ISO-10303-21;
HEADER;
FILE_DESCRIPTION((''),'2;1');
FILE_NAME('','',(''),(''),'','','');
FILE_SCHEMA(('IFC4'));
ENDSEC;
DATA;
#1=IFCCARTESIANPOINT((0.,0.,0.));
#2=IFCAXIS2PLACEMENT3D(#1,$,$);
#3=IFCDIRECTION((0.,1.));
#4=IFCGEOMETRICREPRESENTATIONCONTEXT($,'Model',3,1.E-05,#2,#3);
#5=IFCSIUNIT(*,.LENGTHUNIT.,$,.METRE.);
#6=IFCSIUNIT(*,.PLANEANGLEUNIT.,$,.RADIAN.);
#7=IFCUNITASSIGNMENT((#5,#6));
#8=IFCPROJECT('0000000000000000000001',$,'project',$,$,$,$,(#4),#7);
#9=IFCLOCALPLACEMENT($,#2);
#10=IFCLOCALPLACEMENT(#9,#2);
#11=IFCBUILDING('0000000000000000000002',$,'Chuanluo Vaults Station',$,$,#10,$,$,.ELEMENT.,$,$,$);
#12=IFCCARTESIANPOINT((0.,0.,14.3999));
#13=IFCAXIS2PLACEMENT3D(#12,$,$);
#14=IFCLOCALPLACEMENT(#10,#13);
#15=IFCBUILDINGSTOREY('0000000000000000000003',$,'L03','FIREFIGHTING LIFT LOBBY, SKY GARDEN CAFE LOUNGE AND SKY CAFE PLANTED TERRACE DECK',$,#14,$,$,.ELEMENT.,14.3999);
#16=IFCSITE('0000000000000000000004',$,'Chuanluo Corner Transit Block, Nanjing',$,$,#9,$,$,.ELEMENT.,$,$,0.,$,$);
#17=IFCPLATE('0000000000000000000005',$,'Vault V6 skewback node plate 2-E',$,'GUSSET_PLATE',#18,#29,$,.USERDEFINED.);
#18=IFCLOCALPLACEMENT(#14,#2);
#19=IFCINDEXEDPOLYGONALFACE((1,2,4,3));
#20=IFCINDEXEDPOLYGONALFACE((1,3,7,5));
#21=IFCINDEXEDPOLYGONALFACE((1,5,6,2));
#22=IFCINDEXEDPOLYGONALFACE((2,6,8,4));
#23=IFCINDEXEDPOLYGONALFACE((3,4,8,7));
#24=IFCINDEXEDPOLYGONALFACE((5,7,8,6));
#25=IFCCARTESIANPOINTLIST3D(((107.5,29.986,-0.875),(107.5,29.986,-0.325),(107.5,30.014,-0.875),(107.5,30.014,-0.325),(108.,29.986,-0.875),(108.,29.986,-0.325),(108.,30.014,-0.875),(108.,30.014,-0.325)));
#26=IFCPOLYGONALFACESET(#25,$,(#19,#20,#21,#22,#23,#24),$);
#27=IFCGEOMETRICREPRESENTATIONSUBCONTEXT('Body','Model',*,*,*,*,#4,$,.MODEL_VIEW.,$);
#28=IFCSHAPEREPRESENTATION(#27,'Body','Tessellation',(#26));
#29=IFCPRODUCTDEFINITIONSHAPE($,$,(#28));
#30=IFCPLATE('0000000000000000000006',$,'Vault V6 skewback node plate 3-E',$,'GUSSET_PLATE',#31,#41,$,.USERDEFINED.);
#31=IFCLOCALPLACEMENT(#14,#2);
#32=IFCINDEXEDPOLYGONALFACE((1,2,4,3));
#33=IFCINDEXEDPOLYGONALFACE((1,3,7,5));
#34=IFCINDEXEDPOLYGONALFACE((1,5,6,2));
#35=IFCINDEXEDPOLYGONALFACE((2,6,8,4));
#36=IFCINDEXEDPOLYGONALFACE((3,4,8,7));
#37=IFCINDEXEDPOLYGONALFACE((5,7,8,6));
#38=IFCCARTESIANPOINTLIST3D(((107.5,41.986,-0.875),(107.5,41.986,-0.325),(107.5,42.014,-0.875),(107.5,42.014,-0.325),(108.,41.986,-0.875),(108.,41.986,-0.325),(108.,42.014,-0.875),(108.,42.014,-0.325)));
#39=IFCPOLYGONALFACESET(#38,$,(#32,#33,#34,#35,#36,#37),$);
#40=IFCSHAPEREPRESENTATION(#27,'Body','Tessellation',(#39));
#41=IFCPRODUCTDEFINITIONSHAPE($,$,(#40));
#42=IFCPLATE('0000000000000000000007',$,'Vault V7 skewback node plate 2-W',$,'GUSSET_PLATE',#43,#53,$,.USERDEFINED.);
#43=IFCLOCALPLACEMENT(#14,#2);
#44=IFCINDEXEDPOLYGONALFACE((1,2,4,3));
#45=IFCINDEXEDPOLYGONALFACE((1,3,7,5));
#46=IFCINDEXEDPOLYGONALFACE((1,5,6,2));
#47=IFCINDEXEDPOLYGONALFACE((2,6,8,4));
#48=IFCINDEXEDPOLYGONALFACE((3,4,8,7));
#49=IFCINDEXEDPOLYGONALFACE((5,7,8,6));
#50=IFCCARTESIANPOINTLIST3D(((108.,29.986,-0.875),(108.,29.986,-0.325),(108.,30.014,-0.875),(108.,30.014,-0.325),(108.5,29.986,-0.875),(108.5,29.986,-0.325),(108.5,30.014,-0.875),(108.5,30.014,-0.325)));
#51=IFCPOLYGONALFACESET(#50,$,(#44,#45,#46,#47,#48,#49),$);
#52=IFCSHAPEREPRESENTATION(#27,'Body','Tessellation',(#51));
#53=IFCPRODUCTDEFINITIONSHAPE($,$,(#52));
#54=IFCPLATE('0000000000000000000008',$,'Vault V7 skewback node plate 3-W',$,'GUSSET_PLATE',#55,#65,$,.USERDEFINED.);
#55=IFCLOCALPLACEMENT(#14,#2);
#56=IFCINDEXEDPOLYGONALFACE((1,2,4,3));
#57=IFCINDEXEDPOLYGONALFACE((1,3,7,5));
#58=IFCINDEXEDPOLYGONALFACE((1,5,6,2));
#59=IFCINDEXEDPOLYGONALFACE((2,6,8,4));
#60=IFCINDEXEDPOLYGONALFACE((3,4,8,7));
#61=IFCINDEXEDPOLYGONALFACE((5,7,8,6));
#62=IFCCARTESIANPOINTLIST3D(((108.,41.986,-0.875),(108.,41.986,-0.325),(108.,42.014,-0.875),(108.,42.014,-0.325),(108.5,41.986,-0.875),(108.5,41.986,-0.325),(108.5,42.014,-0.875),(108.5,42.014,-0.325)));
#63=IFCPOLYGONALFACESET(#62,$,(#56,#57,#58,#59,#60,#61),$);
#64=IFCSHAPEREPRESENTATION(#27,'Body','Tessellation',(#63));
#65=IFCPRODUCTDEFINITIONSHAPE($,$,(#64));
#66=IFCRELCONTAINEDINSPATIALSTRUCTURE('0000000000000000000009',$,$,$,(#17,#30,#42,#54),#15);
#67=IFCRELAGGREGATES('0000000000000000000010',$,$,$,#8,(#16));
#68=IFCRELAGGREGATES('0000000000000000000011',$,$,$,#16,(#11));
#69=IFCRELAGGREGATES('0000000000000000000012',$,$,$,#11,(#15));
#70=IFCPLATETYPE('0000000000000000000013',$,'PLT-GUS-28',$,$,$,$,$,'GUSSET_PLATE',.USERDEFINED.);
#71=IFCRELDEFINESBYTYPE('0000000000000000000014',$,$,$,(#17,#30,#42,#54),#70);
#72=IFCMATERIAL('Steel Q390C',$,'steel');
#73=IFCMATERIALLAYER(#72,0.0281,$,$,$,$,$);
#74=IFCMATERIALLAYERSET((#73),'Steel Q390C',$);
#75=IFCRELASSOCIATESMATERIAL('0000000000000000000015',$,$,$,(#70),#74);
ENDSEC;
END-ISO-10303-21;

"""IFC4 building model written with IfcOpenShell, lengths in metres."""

from ifc_helpers import new_model, si_unit, direction, frame, origin, origin_2d, place, context, subcontext, project, spatial, rectangle, extrude, material, layer, layer_set, type_object, element, save


model = new_model("IFC4")

# Units and contexts
model_context = context("Model", 3, precision=1e-05, world=origin(), true_north=direction((0.0, 1.0)))
body_context = subcontext(model_context, "Body", "Model", "MODEL_VIEW")
ifc_project = project(units=[si_unit("LENGTHUNIT", "METRE"), si_unit("PLANEANGLEUNIT", "RADIAN")], contexts=[model_context])

# Site, building, storey
site_placement = place(None, origin())
site = spatial("IfcSite", under=ifc_project, at=site_placement, Name="Chuanluo Corner Transit Block, Nanjing", CompositionType="ELEMENT", RefElevation=0.0)
building_placement = place(site_placement, origin())
building = spatial("IfcBuilding", under=site, at=building_placement, Name="Chuanluo Vaults Station", CompositionType="ELEMENT")
storey_placement = place(building_placement, frame((0.0, 0.0, 14.3999)))
storey = spatial("IfcBuildingStorey", under=building, at=storey_placement, Name="L03", Description="FIREFIGHTING LIFT LOBBY, SKY GARDEN CAFE LOUNGE AND SKY CAFE PLANTED TERRACE DECK", CompositionType="ELEMENT", Elevation=14.3999)

# Plates
ifc_material_1 = material(Name="Steel Q390C", Category="steel")
ifc_layer = layer(ifc_material_1, 0.0281)
ifc_layer_set = layer_set([ifc_layer], Name="Steel Q390C")
plate_type = type_object("IfcPlateType", Name="PLT-GUS-28", ElementType="GUSSET_PLATE", PredefinedType="USERDEFINED", material=ifc_layer_set)
for number, where, z_axis, x_axis, name in (
    (1, (107.75, 30.0, -0.875), (0.0, 0.0, 1.0), (1.0, 0.0, 0.0), "Vault V6 skewback node plate 2-E"),
    (2, (107.75, 42.0, -0.875), (0.0, 0.0, 1.0), (1.0, 0.0, 0.0), "Vault V6 skewback node plate 3-E"),
    (3, (108.25, 30.0, -0.875), (0.0, 0.0, 1.0), (1.0, 0.0, 0.0), "Vault V7 skewback node plate 2-W"),
    (4, (108.25, 42.0, -0.875), (0.0, 0.0, 1.0), (1.0, 0.0, 0.0), "Vault V7 skewback node plate 3-W"),
):
    element("IfcPlate", number, at=place(storey_placement, frame(where, z_axis=z_axis, x_axis=x_axis)), inside=storey, type_object=plate_type, Name=name, ObjectType="GUSSET_PLATE", PredefinedType="USERDEFINED", context=body_context, shape_type="SweptSolid", body=[
        extrude(rectangle(XDim=0.5, YDim=0.0281, at=origin_2d()), origin(), (0.0, 0.0, 1.0), 0.55),
    ])

save(model, "model.ifc")
